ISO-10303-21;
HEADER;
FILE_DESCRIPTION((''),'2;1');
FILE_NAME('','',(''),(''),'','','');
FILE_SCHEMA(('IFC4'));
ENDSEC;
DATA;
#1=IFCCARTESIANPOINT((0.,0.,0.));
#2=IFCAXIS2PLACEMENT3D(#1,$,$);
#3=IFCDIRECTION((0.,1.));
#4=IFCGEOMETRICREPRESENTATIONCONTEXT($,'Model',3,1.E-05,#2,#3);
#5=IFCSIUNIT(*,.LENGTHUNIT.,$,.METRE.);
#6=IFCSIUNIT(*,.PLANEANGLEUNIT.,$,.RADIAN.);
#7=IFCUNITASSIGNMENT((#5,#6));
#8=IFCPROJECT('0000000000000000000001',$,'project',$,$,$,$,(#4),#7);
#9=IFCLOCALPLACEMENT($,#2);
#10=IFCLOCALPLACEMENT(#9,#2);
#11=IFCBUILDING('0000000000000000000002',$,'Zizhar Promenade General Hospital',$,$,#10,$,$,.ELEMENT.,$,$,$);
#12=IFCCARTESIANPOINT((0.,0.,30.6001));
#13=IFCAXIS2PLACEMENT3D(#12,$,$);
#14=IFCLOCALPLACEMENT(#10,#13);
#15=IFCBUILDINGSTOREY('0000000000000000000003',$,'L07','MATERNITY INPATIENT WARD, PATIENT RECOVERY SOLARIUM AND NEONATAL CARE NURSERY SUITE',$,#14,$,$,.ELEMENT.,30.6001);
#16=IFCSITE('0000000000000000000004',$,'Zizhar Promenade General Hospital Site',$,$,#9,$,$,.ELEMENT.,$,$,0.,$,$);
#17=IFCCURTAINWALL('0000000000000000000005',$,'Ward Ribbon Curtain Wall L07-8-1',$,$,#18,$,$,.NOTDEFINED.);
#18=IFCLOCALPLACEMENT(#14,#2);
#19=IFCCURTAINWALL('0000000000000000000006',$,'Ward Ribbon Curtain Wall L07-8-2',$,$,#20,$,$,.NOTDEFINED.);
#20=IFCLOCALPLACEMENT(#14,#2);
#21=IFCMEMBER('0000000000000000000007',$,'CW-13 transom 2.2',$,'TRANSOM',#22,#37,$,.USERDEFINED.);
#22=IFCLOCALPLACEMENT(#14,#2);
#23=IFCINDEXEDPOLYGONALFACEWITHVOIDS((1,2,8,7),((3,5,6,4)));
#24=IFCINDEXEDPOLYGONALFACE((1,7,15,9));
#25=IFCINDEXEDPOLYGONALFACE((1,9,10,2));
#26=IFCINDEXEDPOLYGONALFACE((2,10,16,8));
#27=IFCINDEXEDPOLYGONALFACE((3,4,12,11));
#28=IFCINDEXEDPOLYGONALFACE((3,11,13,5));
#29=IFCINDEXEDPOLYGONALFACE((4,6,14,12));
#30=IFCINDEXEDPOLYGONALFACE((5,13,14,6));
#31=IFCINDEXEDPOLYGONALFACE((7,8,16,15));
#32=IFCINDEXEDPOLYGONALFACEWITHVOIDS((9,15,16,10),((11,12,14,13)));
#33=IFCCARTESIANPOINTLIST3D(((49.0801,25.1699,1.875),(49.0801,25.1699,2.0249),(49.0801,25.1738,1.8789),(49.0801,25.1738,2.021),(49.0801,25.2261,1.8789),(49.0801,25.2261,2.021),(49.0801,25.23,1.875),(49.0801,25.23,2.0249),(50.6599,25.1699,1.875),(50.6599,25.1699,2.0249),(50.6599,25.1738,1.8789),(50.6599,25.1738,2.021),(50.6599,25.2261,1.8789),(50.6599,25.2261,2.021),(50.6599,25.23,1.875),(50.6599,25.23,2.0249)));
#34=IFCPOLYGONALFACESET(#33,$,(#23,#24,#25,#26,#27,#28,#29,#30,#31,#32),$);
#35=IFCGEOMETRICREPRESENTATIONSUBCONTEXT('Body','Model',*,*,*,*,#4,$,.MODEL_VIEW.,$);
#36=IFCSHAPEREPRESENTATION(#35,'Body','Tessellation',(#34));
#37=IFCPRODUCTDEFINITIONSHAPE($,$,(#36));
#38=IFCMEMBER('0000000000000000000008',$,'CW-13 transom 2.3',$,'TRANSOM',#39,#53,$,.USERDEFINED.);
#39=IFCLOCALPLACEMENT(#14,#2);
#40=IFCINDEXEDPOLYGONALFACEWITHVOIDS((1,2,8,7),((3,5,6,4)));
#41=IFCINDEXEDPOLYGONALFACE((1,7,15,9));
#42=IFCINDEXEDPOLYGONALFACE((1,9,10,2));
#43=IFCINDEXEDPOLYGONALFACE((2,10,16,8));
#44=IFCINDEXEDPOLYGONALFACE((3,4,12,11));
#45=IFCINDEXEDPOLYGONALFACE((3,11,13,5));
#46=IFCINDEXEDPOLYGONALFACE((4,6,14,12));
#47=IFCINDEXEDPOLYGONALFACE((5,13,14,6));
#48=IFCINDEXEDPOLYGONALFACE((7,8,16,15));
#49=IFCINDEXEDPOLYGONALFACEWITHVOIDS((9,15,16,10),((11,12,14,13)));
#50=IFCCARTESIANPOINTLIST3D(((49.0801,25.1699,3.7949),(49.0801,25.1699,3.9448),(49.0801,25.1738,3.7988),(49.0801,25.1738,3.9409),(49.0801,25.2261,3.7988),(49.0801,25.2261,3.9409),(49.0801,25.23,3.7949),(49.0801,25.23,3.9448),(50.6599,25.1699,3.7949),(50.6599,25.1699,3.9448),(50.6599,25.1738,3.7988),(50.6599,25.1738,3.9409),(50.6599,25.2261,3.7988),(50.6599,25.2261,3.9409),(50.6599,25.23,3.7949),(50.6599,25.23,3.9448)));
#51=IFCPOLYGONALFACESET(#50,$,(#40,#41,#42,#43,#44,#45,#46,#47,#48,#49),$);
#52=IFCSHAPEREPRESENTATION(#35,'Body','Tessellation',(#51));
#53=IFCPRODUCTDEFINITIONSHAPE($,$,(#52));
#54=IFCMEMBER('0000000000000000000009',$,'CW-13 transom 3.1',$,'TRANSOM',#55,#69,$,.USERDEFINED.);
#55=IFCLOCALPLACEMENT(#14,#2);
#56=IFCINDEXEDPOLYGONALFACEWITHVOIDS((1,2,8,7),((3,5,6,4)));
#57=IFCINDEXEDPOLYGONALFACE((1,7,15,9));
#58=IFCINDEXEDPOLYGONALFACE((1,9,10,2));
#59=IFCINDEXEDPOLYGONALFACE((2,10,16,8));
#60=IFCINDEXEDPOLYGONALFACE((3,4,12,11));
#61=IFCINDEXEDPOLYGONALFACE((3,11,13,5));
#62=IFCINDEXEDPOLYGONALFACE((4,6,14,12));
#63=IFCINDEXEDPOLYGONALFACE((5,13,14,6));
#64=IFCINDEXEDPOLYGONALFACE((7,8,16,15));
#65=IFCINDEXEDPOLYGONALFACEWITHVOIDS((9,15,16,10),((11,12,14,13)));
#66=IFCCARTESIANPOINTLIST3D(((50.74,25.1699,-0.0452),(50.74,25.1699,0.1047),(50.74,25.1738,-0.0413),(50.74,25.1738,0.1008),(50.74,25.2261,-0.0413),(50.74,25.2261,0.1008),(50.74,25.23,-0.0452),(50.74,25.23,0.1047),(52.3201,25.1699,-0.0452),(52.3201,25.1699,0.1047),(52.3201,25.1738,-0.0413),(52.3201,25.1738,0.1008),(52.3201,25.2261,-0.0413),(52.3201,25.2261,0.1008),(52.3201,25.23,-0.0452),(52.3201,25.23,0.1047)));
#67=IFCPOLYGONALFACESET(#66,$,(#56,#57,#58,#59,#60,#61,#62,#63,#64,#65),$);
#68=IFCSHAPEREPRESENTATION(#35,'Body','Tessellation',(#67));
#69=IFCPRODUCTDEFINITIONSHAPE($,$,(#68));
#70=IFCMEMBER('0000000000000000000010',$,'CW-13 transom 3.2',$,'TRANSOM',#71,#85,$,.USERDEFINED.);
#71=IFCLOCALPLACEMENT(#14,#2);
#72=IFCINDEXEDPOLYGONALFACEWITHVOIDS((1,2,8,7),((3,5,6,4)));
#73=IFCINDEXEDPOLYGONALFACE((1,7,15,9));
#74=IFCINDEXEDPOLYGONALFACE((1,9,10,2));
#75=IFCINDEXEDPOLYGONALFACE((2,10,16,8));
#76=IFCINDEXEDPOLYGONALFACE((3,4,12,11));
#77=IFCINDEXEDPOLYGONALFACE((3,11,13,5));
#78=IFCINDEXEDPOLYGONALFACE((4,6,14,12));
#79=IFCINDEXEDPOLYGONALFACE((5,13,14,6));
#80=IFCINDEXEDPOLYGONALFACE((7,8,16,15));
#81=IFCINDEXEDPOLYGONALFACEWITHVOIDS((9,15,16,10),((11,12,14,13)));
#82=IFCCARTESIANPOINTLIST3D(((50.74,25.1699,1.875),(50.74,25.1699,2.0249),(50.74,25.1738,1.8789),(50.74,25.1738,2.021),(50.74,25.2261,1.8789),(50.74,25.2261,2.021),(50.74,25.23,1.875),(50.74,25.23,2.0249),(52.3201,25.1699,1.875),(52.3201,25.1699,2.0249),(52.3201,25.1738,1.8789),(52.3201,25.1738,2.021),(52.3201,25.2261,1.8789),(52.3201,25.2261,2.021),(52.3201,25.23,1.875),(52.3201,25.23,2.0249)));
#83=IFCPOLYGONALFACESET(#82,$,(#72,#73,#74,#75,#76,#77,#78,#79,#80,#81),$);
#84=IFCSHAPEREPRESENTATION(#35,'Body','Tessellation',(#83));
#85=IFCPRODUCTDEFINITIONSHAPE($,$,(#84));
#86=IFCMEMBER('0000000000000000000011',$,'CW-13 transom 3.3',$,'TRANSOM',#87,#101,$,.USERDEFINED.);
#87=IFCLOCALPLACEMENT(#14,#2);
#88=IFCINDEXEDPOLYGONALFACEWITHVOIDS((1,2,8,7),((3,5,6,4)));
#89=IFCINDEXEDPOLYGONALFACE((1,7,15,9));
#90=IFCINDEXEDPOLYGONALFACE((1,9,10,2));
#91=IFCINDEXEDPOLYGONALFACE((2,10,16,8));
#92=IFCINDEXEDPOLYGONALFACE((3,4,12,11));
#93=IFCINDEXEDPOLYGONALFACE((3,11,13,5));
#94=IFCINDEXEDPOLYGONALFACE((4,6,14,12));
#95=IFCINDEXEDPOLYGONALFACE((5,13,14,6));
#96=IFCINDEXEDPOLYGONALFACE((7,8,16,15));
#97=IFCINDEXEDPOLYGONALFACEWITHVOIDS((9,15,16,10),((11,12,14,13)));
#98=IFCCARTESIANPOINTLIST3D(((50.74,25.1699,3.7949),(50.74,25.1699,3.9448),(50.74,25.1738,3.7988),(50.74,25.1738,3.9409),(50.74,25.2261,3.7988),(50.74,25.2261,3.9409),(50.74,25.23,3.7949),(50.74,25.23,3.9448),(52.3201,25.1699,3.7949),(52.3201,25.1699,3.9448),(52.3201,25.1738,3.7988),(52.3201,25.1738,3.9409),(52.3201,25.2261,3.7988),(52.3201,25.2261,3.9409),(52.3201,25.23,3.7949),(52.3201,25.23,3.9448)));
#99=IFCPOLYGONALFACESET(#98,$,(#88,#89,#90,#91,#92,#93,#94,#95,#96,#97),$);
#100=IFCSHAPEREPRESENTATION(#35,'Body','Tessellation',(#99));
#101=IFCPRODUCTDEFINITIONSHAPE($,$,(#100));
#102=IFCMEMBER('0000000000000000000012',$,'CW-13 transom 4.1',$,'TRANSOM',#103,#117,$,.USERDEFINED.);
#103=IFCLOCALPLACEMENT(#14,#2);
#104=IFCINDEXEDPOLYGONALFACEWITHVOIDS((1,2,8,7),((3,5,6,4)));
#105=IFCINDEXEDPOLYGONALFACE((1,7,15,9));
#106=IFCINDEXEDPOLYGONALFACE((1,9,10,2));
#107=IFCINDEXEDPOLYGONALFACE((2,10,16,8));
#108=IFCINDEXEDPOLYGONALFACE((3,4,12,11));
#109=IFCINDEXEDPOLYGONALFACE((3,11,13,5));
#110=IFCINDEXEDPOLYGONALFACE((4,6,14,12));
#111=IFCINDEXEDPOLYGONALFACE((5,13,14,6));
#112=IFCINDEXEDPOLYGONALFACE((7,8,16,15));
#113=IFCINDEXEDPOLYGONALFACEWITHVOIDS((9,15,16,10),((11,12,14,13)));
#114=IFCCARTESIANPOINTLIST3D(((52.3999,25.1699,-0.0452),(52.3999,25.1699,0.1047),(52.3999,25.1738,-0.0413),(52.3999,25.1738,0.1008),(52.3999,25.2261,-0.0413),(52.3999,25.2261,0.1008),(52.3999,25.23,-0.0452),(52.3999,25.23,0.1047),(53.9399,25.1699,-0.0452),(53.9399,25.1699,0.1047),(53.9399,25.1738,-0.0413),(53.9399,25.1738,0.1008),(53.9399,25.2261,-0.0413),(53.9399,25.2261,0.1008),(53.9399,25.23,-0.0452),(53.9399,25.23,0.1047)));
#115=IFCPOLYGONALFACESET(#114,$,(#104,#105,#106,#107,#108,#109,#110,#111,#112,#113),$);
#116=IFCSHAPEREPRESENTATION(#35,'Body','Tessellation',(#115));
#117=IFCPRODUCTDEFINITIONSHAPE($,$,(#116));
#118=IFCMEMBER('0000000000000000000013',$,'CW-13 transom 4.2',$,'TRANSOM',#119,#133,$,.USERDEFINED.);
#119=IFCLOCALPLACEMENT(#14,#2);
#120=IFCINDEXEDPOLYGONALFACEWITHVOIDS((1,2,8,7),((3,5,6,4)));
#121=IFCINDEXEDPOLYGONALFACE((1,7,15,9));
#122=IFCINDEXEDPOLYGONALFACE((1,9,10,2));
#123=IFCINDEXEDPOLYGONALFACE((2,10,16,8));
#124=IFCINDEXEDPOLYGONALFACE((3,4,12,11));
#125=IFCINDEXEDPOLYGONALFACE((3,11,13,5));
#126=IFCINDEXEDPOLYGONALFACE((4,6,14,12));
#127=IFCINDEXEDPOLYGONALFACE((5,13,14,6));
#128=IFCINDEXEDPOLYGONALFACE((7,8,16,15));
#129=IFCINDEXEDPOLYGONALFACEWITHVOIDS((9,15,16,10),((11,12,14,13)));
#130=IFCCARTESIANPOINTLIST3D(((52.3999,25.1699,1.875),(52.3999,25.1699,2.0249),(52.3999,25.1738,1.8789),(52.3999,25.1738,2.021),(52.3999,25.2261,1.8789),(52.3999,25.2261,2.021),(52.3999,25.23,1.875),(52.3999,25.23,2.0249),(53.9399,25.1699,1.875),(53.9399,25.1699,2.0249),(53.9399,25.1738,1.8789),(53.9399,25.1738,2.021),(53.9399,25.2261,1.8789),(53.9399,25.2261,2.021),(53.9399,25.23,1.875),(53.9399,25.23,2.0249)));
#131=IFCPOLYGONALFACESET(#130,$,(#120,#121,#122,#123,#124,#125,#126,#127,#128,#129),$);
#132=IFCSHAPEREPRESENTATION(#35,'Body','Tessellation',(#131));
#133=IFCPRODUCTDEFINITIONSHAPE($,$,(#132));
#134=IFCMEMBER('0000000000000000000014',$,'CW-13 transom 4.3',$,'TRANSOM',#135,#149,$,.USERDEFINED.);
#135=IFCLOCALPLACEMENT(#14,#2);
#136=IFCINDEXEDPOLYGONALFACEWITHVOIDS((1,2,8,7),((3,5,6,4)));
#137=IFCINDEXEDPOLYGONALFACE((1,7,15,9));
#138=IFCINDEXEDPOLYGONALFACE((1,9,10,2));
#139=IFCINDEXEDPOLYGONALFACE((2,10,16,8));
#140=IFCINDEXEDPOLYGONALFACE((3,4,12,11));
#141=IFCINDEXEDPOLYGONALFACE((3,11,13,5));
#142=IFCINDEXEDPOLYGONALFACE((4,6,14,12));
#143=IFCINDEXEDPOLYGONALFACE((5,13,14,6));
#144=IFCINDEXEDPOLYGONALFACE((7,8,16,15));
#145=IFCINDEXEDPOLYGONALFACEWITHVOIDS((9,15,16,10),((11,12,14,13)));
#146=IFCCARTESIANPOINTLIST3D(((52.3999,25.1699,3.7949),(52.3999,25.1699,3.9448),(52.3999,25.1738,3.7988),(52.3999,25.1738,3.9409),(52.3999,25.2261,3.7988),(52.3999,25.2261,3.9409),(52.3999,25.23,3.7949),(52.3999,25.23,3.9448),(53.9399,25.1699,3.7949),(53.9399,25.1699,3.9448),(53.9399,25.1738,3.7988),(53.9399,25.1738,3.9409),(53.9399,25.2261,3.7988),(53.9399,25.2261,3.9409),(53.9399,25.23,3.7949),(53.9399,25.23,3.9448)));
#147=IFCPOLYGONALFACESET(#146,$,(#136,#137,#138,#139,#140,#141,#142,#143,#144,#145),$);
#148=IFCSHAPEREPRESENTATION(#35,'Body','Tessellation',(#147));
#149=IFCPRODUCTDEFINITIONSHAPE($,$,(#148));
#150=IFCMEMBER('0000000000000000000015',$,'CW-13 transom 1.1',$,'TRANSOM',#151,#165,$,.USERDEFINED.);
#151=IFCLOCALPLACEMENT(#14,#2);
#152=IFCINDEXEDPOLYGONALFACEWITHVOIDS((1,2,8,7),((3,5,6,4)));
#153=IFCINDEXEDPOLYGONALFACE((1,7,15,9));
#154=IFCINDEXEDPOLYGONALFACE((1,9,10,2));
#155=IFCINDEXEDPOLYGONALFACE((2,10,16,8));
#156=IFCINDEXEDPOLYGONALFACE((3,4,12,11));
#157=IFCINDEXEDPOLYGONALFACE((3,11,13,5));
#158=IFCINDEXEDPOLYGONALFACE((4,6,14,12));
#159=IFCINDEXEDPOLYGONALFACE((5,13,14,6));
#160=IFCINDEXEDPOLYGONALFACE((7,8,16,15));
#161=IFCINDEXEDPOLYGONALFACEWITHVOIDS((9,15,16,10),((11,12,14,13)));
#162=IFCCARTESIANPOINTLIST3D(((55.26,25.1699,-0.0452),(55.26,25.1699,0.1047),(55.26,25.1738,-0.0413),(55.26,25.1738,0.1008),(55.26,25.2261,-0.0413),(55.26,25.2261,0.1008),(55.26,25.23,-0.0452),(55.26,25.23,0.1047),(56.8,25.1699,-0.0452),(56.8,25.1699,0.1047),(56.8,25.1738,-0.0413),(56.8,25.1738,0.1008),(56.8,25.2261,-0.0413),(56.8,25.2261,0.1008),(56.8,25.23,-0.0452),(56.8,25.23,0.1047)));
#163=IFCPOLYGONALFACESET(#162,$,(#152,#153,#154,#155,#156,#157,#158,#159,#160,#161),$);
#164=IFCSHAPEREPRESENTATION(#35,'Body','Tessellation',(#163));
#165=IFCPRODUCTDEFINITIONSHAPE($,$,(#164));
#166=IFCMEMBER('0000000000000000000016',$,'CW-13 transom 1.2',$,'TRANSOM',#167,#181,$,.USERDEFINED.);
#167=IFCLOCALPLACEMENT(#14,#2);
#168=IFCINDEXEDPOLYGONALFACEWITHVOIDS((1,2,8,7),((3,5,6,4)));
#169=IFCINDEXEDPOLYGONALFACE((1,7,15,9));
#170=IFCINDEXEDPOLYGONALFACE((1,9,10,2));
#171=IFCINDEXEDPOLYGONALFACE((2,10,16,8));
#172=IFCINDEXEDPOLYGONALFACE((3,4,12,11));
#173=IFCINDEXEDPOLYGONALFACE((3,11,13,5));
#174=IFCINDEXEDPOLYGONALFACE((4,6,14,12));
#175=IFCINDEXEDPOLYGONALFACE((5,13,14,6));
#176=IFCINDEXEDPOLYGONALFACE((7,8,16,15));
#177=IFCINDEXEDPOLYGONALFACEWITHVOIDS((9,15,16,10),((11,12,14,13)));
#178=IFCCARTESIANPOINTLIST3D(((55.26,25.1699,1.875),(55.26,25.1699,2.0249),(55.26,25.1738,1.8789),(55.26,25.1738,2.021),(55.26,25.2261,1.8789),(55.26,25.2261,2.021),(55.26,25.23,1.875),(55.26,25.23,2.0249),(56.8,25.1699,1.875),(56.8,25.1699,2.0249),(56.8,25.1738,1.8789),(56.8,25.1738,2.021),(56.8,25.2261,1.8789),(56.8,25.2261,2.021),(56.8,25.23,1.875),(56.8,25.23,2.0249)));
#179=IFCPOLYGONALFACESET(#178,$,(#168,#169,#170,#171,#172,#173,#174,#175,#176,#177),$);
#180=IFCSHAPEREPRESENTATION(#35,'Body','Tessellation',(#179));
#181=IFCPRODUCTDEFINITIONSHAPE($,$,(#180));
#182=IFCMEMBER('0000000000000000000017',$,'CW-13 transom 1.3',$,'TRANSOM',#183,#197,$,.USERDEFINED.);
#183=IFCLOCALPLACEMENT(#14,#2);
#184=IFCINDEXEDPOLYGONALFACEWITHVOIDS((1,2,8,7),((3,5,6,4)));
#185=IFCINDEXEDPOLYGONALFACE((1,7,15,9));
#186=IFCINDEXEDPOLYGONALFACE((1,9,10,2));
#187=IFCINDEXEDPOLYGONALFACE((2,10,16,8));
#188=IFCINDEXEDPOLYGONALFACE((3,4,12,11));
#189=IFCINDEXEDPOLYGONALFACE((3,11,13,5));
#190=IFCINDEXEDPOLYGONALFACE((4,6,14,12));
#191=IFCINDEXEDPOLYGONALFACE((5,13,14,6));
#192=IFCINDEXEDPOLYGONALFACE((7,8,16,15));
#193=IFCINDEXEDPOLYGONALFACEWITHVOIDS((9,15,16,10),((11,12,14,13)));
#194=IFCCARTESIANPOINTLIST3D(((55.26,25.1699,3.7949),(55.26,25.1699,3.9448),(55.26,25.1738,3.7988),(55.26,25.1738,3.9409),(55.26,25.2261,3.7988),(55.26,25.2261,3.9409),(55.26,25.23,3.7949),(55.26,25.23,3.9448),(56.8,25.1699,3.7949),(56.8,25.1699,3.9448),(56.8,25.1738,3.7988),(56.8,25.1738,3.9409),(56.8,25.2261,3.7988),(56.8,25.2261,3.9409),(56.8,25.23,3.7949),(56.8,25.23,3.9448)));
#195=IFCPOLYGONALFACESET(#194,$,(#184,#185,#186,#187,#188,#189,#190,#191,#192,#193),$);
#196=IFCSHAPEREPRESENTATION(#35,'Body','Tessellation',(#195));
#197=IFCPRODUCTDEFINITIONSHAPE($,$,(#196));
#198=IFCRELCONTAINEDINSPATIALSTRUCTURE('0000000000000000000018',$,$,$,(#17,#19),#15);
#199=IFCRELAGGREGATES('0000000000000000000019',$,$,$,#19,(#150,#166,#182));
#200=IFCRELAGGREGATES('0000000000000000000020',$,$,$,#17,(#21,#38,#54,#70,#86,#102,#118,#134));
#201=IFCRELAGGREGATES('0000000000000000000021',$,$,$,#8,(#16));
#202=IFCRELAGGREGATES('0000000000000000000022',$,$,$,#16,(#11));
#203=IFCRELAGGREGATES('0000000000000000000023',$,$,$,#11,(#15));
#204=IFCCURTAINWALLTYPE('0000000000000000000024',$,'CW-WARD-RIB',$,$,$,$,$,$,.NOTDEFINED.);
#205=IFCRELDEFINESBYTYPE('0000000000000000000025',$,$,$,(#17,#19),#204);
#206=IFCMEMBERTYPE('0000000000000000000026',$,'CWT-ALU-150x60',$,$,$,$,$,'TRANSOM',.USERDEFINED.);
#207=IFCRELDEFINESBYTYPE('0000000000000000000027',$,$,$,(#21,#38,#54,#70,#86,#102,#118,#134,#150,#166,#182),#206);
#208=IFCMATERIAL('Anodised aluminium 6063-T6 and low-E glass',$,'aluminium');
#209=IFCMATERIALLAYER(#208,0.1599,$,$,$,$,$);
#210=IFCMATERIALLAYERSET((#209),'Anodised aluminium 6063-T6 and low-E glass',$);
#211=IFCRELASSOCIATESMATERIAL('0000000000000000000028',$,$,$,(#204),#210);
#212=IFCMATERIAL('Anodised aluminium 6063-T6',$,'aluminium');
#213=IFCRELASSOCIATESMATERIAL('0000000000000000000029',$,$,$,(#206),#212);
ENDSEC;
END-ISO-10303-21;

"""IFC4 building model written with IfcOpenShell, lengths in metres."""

from ifc_helpers import new_model, si_unit, direction, frame, origin, origin_2d, place, context, subcontext, project, spatial, hollow_rectangle, extrude, material, layer, layer_set, material_profile, profile_set, type_object, element, aggregate, save


model = new_model("IFC4")

# Units and contexts
model_context = context("Model", 3, precision=1e-05, world=origin(), true_north=direction((0.0, 1.0)))
body_context = subcontext(model_context, "Body", "Model", "MODEL_VIEW")
ifc_project = project(units=[si_unit("LENGTHUNIT", "METRE"), si_unit("PLANEANGLEUNIT", "RADIAN")], contexts=[model_context])

# Site, building, storey
site_placement = place(None, origin())
site = spatial("IfcSite", under=ifc_project, at=site_placement, Name="Zizhar Promenade General Hospital Site", CompositionType="ELEMENT", RefElevation=0.0)
building_placement = place(site_placement, origin())
building = spatial("IfcBuilding", under=site, at=building_placement, Name="Zizhar Promenade General Hospital", CompositionType="ELEMENT")
storey_placement = place(building_placement, frame((0.0, 0.0, 30.6001)))
storey = spatial("IfcBuildingStorey", under=building, at=storey_placement, Name="L07", Description="MATERNITY INPATIENT WARD, PATIENT RECOVERY SOLARIUM AND NEONATAL CARE NURSERY SUITE", CompositionType="ELEMENT", Elevation=30.6001)

# Curtain wall
ifc_material_1 = material(Name="Anodised aluminium 6063-T6 and low-E glass", Category="aluminium")
ifc_layer_1 = layer(ifc_material_1, 0.1599)
ifc_layer_set_1 = layer_set([ifc_layer_1], Name="Anodised aluminium 6063-T6 and low-E glass")
curtain_wall_type = type_object("IfcCurtainWallType", Name="CW-WARD-RIB", PredefinedType="NOTDEFINED", material=ifc_layer_set_1)
curtain_wall_1_placement = place(storey_placement, origin())
curtain_wall_1 = element("IfcCurtainWall", 1, at=curtain_wall_1_placement, inside=storey, type_object=curtain_wall_type, Name="Ward Ribbon Curtain Wall L07-8-1", PredefinedType="NOTDEFINED")

# Curtain wall
curtain_wall_2_placement = place(storey_placement, origin())
curtain_wall_2 = element("IfcCurtainWall", 2, at=curtain_wall_2_placement, inside=storey, type_object=curtain_wall_type, Name="Ward Ribbon Curtain Wall L07-8-2", PredefinedType="NOTDEFINED")

# Members
ifc_material_2 = material(Name="Anodised aluminium 6063-T6", Category="aluminium")
ifc_material_profile_1 = material_profile(ifc_material_2, hollow_rectangle(XDim=0.0601, YDim=0.1499, WallThickness=0.0039, at=origin_2d()))
ifc_profile_set_1 = profile_set([ifc_material_profile_1], Name="Anodised aluminium 6063-T6")
member_type_1 = type_object("IfcMemberType", Name="CWT-ALU-150x60", ElementType="TRANSOM", PredefinedType="USERDEFINED", material=ifc_profile_set_1)
member_1_placement = place(storey_placement, frame((49.0801, 25.2, 1.95), z_axis=(1.0, 0.0, 0.0), x_axis=(0.0, 1.0, 0.0)))
member_1 = element("IfcMember", 3, at=member_1_placement, type_object=member_type_1, Name="CW-13 transom 2.2", ObjectType="TRANSOM", PredefinedType="USERDEFINED", context=body_context, shape_type="SweptSolid", body=[
    extrude(hollow_rectangle(XDim=0.0601, YDim=0.1499, WallThickness=0.0039, at=origin_2d()), origin(), (0.0, 0.0, 1.0), 1.5798),
])
member_2_placement = place(storey_placement, frame((49.0801, 25.2, 3.8699), z_axis=(1.0, 0.0, 0.0), x_axis=(0.0, 1.0, 0.0)))
member_2 = element("IfcMember", 4, at=member_2_placement, type_object=member_type_1, Name="CW-13 transom 2.3", ObjectType="TRANSOM", PredefinedType="USERDEFINED", context=body_context, shape_type="SweptSolid", body=[
    extrude(hollow_rectangle(XDim=0.0601, YDim=0.1499, WallThickness=0.0039, at=origin_2d()), origin(), (0.0, 0.0, 1.0), 1.5798),
])
member_3_placement = place(storey_placement, frame((50.74, 25.2, 0.0298), z_axis=(1.0, 0.0, 0.0), x_axis=(0.0, 1.0, 0.0)))
member_3 = element("IfcMember", 5, at=member_3_placement, type_object=member_type_1, Name="CW-13 transom 3.1", ObjectType="TRANSOM", PredefinedType="USERDEFINED", context=body_context, shape_type="SweptSolid", body=[
    extrude(hollow_rectangle(XDim=0.0601, YDim=0.1499, WallThickness=0.0039, at=origin_2d()), origin(), (0.0, 0.0, 1.0), 1.5801),
])
member_4_placement = place(storey_placement, frame((50.74, 25.2, 1.95), z_axis=(1.0, 0.0, 0.0), x_axis=(0.0, 1.0, 0.0)))
member_4 = element("IfcMember", 6, at=member_4_placement, type_object=member_type_1, Name="CW-13 transom 3.2", ObjectType="TRANSOM", PredefinedType="USERDEFINED", context=body_context, shape_type="SweptSolid", body=[
    extrude(hollow_rectangle(XDim=0.0601, YDim=0.1499, WallThickness=0.0039, at=origin_2d()), origin(), (0.0, 0.0, 1.0), 1.5801),
])
member_5_placement = place(storey_placement, frame((50.74, 25.2, 3.8699), z_axis=(1.0, 0.0, 0.0), x_axis=(0.0, 1.0, 0.0)))
member_5 = element("IfcMember", 7, at=member_5_placement, type_object=member_type_1, Name="CW-13 transom 3.3", ObjectType="TRANSOM", PredefinedType="USERDEFINED", context=body_context, shape_type="SweptSolid", body=[
    extrude(hollow_rectangle(XDim=0.0601, YDim=0.1499, WallThickness=0.0039, at=origin_2d()), origin(), (0.0, 0.0, 1.0), 1.5801),
])
member_6_placement = place(storey_placement, frame((52.3999, 25.2, 0.0298), z_axis=(1.0, 0.0, 0.0), x_axis=(0.0, 1.0, 0.0)))
member_6 = element("IfcMember", 8, at=member_6_placement, type_object=member_type_1, Name="CW-13 transom 4.1", ObjectType="TRANSOM", PredefinedType="USERDEFINED", context=body_context, shape_type="SweptSolid", body=[
    extrude(hollow_rectangle(XDim=0.0601, YDim=0.1499, WallThickness=0.0039, at=origin_2d()), origin(), (0.0, 0.0, 1.0), 1.54),
])
member_7_placement = place(storey_placement, frame((52.3999, 25.2, 1.95), z_axis=(1.0, 0.0, 0.0), x_axis=(0.0, 1.0, 0.0)))
member_7 = element("IfcMember", 9, at=member_7_placement, type_object=member_type_1, Name="CW-13 transom 4.2", ObjectType="TRANSOM", PredefinedType="USERDEFINED", context=body_context, shape_type="SweptSolid", body=[
    extrude(hollow_rectangle(XDim=0.0601, YDim=0.1499, WallThickness=0.0039, at=origin_2d()), origin(), (0.0, 0.0, 1.0), 1.54),
])
member_8_placement = place(storey_placement, frame((52.3999, 25.2, 3.8699), z_axis=(1.0, 0.0, 0.0), x_axis=(0.0, 1.0, 0.0)))
member_8 = element("IfcMember", 10, at=member_8_placement, type_object=member_type_1, Name="CW-13 transom 4.3", ObjectType="TRANSOM", PredefinedType="USERDEFINED", context=body_context, shape_type="SweptSolid", body=[
    extrude(hollow_rectangle(XDim=0.0601, YDim=0.1499, WallThickness=0.0039, at=origin_2d()), origin(), (0.0, 0.0, 1.0), 1.54),
])
member_9_placement = place(storey_placement, frame((55.26, 25.2, 0.0298), z_axis=(1.0, 0.0, 0.0), x_axis=(0.0, 1.0, 0.0)))
member_9 = element("IfcMember", 11, at=member_9_placement, type_object=member_type_1, Name="CW-13 transom 1.1", ObjectType="TRANSOM", PredefinedType="USERDEFINED", context=body_context, shape_type="SweptSolid", body=[
    extrude(hollow_rectangle(XDim=0.0601, YDim=0.1499, WallThickness=0.0039, at=origin_2d()), origin(), (0.0, 0.0, 1.0), 1.54),
])
member_10_placement = place(storey_placement, frame((55.26, 25.2, 1.95), z_axis=(1.0, 0.0, 0.0), x_axis=(0.0, 1.0, 0.0)))
member_10 = element("IfcMember", 12, at=member_10_placement, type_object=member_type_1, Name="CW-13 transom 1.2", ObjectType="TRANSOM", PredefinedType="USERDEFINED", context=body_context, shape_type="SweptSolid", body=[
    extrude(hollow_rectangle(XDim=0.0601, YDim=0.1499, WallThickness=0.0039, at=origin_2d()), origin(), (0.0, 0.0, 1.0), 1.54),
])
member_11_placement = place(storey_placement, frame((55.26, 25.2, 3.8699), z_axis=(1.0, 0.0, 0.0), x_axis=(0.0, 1.0, 0.0)))
member_11 = element("IfcMember", 13, at=member_11_placement, type_object=member_type_1, Name="CW-13 transom 1.3", ObjectType="TRANSOM", PredefinedType="USERDEFINED", context=body_context, shape_type="SweptSolid", body=[
    extrude(hollow_rectangle(XDim=0.0601, YDim=0.1499, WallThickness=0.0039, at=origin_2d()), origin(), (0.0, 0.0, 1.0), 1.54),
])
aggregate(curtain_wall_2, [member_9, member_10, member_11])

aggregate(curtain_wall_1, [member_1, member_2, member_3, member_4, member_5, member_6, member_7, member_8])

save(model, "model.ifc")
